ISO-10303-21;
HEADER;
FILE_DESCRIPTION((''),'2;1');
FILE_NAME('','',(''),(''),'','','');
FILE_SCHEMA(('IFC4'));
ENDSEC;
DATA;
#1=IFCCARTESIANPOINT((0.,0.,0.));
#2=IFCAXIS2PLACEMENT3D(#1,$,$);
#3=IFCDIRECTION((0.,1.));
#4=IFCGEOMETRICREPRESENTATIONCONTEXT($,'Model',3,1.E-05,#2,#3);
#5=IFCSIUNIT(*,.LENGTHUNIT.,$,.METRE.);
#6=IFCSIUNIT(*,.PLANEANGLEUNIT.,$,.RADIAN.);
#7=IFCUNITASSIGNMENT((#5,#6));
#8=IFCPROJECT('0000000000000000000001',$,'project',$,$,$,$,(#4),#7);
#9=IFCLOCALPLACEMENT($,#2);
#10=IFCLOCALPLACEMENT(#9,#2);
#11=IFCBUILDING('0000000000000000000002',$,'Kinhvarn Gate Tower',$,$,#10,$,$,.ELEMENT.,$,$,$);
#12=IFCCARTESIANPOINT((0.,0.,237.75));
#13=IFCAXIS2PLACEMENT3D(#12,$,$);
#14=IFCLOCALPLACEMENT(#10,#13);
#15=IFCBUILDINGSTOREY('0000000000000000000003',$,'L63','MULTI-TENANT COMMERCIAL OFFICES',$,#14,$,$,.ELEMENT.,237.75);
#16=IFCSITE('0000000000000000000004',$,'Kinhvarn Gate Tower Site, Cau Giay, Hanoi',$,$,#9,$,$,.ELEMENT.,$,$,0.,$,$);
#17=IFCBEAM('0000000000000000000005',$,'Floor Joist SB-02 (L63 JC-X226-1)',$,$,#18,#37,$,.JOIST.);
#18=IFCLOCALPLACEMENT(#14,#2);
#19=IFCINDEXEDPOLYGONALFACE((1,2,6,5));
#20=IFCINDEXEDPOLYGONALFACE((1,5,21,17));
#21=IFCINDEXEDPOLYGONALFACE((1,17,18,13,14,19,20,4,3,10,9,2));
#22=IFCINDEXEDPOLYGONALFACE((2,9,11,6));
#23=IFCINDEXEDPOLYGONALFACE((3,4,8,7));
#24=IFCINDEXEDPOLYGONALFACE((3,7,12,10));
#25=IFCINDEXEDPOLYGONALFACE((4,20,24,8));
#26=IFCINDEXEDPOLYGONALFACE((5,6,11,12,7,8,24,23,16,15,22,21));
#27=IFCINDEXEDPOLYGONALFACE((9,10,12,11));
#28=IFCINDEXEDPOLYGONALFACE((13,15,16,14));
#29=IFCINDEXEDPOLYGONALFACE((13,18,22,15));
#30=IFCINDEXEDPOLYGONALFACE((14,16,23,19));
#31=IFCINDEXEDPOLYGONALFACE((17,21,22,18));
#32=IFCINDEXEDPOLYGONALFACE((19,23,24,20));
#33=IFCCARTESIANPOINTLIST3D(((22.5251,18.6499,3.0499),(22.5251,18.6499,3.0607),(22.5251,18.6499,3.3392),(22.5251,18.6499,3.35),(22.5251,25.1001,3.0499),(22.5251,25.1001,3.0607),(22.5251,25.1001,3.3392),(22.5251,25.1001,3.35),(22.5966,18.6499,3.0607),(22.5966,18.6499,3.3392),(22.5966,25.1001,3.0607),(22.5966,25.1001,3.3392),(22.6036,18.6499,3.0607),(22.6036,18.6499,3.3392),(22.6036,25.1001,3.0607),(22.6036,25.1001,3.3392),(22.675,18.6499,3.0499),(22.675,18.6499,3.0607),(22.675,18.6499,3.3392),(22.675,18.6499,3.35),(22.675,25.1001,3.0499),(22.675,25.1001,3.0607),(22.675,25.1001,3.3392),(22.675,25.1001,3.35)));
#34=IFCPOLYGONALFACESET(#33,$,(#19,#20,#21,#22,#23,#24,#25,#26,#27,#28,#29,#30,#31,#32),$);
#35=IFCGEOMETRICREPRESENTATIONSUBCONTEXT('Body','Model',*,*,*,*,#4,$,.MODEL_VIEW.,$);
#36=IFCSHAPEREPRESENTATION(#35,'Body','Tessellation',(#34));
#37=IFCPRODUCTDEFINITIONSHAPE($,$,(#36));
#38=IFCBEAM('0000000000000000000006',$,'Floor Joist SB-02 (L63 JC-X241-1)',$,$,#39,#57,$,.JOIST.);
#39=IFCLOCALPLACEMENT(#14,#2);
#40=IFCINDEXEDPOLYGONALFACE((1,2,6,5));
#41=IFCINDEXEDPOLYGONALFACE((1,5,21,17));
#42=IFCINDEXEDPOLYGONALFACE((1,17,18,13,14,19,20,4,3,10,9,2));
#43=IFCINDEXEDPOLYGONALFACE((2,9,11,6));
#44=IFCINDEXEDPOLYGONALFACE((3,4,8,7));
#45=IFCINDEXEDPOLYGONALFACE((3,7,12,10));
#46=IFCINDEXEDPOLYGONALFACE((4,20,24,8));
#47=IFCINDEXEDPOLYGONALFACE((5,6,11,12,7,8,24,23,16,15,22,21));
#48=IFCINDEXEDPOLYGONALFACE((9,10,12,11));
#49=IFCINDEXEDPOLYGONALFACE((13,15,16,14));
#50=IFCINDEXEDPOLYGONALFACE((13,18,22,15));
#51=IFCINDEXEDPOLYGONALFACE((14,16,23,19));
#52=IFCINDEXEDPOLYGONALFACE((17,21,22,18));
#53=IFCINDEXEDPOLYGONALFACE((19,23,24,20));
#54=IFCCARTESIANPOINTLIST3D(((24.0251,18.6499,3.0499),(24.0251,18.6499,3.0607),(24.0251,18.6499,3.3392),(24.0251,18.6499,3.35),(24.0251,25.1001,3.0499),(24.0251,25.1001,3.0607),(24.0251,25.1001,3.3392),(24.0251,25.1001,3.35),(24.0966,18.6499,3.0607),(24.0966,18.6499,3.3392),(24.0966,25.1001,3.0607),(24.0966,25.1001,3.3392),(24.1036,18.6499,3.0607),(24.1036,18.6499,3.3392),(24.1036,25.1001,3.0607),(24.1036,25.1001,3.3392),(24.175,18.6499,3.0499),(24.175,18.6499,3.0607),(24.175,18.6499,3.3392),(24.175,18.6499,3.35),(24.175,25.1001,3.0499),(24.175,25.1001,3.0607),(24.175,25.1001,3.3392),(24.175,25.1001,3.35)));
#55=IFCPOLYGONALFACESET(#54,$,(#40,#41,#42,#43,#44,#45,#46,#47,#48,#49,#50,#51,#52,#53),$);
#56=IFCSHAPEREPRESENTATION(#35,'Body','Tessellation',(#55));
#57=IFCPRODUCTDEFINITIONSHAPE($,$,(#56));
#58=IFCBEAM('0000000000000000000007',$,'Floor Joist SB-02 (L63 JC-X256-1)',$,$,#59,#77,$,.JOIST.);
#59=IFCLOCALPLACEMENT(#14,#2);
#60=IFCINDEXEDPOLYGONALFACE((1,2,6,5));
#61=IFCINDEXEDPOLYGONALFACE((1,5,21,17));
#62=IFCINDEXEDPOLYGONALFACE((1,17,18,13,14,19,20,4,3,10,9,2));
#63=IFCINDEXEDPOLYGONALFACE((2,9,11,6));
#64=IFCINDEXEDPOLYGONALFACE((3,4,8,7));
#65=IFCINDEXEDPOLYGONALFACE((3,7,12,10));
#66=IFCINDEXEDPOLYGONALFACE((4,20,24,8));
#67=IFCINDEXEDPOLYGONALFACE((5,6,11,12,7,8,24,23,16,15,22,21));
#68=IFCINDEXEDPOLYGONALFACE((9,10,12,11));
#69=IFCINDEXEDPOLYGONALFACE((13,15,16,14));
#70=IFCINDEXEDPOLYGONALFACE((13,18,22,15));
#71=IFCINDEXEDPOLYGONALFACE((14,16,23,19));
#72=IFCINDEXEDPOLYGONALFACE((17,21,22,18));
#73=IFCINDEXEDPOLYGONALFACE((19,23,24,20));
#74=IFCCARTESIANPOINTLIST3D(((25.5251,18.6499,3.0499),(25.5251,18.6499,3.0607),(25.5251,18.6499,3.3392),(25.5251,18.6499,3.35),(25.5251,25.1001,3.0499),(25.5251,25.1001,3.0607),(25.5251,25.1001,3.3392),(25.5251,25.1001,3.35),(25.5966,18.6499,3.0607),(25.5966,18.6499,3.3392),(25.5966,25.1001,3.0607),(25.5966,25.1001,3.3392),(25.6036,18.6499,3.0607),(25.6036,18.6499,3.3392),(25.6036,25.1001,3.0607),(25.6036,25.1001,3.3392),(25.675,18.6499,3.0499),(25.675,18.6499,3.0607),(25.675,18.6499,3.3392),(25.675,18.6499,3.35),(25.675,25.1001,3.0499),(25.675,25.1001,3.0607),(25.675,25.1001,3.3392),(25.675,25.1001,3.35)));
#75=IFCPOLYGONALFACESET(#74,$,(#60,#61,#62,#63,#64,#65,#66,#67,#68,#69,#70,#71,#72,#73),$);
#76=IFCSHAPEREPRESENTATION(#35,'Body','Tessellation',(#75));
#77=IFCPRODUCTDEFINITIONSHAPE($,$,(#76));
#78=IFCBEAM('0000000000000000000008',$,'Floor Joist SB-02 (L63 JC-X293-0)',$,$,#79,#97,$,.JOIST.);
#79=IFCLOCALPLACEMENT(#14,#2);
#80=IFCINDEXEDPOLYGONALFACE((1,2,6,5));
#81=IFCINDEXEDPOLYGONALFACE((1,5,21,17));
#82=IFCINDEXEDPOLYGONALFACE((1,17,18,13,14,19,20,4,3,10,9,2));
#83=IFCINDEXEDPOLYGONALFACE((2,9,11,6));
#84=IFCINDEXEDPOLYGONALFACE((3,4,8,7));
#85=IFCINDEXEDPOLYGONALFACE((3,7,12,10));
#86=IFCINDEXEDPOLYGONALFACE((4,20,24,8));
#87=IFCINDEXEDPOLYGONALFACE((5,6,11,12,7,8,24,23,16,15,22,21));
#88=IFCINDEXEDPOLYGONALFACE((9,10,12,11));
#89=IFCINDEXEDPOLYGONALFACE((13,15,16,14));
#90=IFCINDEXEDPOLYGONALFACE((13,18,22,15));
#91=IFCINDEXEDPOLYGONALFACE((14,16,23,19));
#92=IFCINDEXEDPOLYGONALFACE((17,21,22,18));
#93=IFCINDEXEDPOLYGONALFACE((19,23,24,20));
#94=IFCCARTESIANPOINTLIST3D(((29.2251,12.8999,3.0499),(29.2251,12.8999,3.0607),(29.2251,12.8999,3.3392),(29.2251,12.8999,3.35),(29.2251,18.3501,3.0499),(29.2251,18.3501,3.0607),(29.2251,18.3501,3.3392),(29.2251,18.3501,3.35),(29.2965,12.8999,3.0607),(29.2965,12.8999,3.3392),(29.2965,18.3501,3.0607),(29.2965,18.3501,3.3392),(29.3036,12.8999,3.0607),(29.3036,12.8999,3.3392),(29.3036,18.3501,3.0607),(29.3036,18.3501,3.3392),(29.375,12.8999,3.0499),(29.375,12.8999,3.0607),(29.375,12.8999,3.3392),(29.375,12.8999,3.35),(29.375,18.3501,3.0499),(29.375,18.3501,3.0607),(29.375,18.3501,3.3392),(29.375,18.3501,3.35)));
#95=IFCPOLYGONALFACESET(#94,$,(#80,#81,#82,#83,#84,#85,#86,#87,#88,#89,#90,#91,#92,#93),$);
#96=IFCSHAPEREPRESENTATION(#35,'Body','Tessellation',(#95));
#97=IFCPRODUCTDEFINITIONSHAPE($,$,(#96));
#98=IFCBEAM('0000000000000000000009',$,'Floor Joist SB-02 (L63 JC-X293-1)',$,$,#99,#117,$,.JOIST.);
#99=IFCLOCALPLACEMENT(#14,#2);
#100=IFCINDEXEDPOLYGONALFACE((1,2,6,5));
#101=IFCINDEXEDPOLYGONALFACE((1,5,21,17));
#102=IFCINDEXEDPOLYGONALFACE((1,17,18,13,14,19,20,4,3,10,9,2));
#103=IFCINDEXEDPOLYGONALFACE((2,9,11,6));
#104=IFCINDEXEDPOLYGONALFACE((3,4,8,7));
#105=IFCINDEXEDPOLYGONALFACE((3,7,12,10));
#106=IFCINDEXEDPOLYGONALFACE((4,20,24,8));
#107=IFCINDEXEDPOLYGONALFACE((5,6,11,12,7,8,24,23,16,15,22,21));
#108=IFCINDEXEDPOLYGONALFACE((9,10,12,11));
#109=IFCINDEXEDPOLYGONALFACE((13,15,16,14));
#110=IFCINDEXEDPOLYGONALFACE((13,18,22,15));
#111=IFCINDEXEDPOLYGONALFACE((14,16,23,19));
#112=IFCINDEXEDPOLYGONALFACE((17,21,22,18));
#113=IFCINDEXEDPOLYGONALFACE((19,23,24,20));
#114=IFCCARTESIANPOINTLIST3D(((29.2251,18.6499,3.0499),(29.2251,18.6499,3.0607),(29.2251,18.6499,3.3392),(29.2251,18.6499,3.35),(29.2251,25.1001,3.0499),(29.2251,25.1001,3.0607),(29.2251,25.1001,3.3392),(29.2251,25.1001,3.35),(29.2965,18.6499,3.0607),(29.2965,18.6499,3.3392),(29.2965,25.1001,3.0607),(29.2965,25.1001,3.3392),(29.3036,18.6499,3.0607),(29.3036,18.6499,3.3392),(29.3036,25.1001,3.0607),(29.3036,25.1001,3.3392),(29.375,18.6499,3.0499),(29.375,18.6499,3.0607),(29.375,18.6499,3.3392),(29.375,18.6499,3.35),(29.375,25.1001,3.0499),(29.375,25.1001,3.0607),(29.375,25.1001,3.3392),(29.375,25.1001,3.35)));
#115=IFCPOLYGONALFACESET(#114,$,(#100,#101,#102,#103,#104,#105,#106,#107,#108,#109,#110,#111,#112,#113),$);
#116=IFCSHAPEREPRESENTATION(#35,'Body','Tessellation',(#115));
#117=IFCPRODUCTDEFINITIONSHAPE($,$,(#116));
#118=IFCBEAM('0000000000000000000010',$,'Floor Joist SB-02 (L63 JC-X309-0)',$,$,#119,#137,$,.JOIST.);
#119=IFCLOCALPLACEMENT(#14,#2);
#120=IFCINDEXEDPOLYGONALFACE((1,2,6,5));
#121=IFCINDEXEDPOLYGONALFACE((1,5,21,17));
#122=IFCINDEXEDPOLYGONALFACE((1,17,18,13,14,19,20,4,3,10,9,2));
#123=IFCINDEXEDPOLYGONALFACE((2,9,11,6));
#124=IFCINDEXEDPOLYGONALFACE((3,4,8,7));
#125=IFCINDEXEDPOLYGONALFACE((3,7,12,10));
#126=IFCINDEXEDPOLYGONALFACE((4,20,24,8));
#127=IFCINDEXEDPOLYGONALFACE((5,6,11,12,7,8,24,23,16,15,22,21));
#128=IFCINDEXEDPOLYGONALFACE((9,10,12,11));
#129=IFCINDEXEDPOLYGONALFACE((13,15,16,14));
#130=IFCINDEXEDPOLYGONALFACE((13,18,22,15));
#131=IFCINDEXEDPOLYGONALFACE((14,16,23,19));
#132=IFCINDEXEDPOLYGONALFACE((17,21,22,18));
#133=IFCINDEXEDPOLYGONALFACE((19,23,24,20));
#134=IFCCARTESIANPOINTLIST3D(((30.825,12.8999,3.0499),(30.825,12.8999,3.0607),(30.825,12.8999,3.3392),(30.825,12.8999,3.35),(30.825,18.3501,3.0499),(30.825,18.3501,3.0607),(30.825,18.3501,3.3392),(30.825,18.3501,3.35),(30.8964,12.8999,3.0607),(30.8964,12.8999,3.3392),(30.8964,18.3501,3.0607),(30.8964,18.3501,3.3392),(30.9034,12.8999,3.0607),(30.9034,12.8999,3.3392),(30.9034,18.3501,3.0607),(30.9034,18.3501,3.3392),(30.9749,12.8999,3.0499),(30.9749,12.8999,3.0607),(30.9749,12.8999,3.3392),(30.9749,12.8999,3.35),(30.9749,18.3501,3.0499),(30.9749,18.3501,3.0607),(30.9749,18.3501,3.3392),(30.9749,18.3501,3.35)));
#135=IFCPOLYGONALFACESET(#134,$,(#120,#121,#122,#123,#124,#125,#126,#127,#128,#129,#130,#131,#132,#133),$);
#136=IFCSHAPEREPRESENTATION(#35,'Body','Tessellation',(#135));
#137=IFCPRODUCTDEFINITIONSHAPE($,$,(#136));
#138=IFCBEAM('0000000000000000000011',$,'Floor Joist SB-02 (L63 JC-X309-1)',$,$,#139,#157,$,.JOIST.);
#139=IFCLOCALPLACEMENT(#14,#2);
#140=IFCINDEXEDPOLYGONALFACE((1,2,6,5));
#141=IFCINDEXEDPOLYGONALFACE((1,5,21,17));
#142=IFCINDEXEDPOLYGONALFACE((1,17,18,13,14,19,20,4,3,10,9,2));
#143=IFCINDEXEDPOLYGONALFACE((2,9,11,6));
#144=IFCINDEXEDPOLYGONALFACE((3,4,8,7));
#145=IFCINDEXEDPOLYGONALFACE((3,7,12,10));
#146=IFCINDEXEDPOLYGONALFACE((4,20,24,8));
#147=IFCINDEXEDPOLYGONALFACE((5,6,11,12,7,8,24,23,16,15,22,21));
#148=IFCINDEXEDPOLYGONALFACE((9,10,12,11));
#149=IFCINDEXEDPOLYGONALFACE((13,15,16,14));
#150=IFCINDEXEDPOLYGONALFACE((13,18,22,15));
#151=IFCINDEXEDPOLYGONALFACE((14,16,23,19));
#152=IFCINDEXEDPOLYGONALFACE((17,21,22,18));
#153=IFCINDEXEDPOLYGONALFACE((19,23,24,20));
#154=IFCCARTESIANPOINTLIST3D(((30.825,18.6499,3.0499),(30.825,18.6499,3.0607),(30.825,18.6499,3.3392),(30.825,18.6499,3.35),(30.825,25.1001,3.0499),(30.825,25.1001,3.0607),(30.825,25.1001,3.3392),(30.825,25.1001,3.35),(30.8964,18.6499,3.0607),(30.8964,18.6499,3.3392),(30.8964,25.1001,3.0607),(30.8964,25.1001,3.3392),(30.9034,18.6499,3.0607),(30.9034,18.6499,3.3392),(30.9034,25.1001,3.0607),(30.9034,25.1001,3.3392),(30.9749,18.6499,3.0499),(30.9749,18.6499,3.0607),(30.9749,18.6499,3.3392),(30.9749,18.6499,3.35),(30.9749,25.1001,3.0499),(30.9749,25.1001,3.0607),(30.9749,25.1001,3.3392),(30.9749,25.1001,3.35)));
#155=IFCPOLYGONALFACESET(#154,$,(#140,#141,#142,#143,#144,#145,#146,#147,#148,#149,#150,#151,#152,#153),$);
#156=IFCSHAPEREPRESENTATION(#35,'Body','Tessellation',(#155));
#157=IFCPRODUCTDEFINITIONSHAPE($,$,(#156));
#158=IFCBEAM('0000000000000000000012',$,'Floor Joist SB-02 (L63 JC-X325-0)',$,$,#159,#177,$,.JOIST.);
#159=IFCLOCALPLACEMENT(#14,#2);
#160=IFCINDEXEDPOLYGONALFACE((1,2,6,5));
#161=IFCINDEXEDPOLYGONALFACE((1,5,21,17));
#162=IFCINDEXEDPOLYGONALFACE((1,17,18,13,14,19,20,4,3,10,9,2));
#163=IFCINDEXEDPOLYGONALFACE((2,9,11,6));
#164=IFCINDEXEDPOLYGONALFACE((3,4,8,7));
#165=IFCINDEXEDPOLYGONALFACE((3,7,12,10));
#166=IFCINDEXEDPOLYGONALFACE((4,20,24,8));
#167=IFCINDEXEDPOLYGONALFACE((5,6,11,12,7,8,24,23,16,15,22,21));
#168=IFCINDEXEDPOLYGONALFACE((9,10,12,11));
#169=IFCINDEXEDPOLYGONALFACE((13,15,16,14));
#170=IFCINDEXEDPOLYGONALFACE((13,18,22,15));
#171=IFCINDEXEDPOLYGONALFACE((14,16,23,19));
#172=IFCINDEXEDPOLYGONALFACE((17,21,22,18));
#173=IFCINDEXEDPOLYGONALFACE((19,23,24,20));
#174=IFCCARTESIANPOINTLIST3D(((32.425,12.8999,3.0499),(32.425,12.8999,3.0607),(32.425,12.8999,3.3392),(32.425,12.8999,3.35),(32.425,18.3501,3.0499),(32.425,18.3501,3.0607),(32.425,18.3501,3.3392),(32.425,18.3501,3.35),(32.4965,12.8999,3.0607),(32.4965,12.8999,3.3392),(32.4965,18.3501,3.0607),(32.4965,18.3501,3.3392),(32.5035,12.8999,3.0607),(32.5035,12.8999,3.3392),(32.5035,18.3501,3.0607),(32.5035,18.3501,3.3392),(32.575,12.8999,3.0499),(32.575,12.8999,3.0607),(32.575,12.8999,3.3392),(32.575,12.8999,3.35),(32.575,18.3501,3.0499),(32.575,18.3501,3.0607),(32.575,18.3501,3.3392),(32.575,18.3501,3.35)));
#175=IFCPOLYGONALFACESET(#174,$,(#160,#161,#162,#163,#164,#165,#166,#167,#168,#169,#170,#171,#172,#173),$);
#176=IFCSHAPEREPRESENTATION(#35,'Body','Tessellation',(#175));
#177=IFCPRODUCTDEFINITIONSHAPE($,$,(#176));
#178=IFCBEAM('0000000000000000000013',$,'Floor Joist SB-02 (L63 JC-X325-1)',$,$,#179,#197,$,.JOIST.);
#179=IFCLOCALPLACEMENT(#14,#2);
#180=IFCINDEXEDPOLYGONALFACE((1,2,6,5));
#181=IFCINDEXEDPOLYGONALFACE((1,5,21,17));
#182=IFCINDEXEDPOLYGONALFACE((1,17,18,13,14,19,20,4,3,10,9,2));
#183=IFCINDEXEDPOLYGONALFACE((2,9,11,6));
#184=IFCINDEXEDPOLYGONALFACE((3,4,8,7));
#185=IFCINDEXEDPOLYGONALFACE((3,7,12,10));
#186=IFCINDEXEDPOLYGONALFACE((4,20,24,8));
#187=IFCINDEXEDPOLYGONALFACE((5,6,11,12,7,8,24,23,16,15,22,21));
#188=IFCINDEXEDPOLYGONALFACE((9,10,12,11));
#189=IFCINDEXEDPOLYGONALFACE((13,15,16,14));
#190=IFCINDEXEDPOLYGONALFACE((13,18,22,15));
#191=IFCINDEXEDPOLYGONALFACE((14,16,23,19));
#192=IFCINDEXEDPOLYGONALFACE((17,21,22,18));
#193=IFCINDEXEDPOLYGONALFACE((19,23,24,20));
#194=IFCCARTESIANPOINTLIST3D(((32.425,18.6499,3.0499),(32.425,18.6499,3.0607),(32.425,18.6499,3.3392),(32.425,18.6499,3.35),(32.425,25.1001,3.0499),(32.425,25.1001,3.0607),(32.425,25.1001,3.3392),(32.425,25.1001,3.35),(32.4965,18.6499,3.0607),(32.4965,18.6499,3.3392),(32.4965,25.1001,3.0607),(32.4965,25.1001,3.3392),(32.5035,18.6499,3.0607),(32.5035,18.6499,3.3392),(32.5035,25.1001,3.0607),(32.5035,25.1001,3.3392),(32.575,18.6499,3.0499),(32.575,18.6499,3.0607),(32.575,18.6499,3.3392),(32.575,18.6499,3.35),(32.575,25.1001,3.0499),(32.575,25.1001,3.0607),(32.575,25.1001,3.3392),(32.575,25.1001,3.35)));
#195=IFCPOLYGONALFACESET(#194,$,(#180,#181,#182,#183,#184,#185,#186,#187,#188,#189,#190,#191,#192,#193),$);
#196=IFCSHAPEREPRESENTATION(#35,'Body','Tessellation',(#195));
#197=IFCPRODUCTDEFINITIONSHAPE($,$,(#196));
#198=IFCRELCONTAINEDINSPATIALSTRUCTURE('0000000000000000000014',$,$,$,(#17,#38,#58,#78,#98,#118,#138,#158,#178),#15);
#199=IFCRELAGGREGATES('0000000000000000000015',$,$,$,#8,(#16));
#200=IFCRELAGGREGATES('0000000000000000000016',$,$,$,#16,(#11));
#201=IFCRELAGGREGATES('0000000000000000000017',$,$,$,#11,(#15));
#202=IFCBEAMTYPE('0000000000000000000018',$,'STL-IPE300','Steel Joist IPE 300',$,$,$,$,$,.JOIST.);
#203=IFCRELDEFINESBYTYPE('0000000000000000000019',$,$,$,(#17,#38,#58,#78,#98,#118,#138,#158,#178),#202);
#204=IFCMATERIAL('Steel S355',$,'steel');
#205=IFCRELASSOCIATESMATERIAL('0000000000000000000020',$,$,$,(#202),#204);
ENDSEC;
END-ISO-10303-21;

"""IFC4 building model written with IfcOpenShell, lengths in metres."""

from ifc_helpers import new_model, si_unit, direction, frame, origin, origin_2d, place, context, subcontext, project, spatial, i_section, extrude, material, material_profile, profile_set, type_object, element, save


model = new_model("IFC4")

# Units and contexts
model_context = context("Model", 3, precision=1e-05, world=origin(), true_north=direction((0.0, 1.0)))
body_context = subcontext(model_context, "Body", "Model", "MODEL_VIEW")
ifc_project = project(units=[si_unit("LENGTHUNIT", "METRE"), si_unit("PLANEANGLEUNIT", "RADIAN")], contexts=[model_context])

# Site, building, storey
site_placement = place(None, origin())
site = spatial("IfcSite", under=ifc_project, at=site_placement, Name="Kinhvarn Gate Tower Site, Cau Giay, Hanoi", CompositionType="ELEMENT", RefElevation=0.0)
building_placement = place(site_placement, origin())
building = spatial("IfcBuilding", under=site, at=building_placement, Name="Kinhvarn Gate Tower", CompositionType="ELEMENT")
storey_placement = place(building_placement, frame((0.0, 0.0, 237.75)))
storey = spatial("IfcBuildingStorey", under=building, at=storey_placement, Name="L63", Description="MULTI-TENANT COMMERCIAL OFFICES", CompositionType="ELEMENT", Elevation=237.75)

# Beams
ifc_material_1 = material(Name="Steel S355", Category="steel")
ifc_material_profile = material_profile(ifc_material_1, i_section(OverallWidth=0.1499, OverallDepth=0.3, WebThickness=0.0071, FlangeThickness=0.0107, at=origin_2d()), Name="IPE 300")
ifc_profile_set = profile_set([ifc_material_profile], Name="Steel S355")
beam_type = type_object("IfcBeamType", Name="STL-IPE300", Description="Steel Joist IPE 300", PredefinedType="JOIST", material=ifc_profile_set)
for number, where, z_axis, x_axis, name in (
    (1, (22.6001, 18.6499, 3.2), (0.0, 1.0, 0.0), (-1.0, 0.0, 0.0), "Floor Joist SB-02 (L63 JC-X226-1)"),
    (2, (24.1001, 18.6499, 3.2), (0.0, 1.0, 0.0), (-1.0, 0.0, 0.0), "Floor Joist SB-02 (L63 JC-X241-1)"),
    (3, (25.6001, 18.6499, 3.2), (0.0, 1.0, 0.0), (-1.0, 0.0, 0.0), "Floor Joist SB-02 (L63 JC-X256-1)"),
):
    element("IfcBeam", number, at=place(storey_placement, frame(where, z_axis=z_axis, x_axis=x_axis)), inside=storey, type_object=beam_type, Name=name, PredefinedType="JOIST", context=body_context, shape_type="SweptSolid", body=[
        extrude(i_section(OverallWidth=0.1499, OverallDepth=0.3, WebThickness=0.0071, FlangeThickness=0.0107, at=origin_2d()), origin(), (0.0, 0.0, 1.0), 6.4502),
    ])
beam_1_placement = place(storey_placement, frame((29.3, 12.8999, 3.2), z_axis=(0.0, 1.0, 0.0), x_axis=(-1.0, 0.0, 0.0)))
element("IfcBeam", 4, at=beam_1_placement, inside=storey, type_object=beam_type, Name="Floor Joist SB-02 (L63 JC-X293-0)", PredefinedType="JOIST", context=body_context, shape_type="SweptSolid", body=[
    extrude(i_section(OverallWidth=0.1499, OverallDepth=0.3, WebThickness=0.0071, FlangeThickness=0.0107, at=origin_2d()), origin(), (0.0, 0.0, 1.0), 5.4502),
])
beam_2_placement = place(storey_placement, frame((29.3, 18.6499, 3.2), z_axis=(0.0, 1.0, 0.0), x_axis=(-1.0, 0.0, 0.0)))
element("IfcBeam", 5, at=beam_2_placement, inside=storey, type_object=beam_type, Name="Floor Joist SB-02 (L63 JC-X293-1)", PredefinedType="JOIST", context=body_context, shape_type="SweptSolid", body=[
    extrude(i_section(OverallWidth=0.1499, OverallDepth=0.3, WebThickness=0.0071, FlangeThickness=0.0107, at=origin_2d()), origin(), (0.0, 0.0, 1.0), 6.4502),
])
beam_3_placement = place(storey_placement, frame((30.8999, 12.8999, 3.2), z_axis=(0.0, 1.0, 0.0), x_axis=(-1.0, 0.0, 0.0)))
element("IfcBeam", 6, at=beam_3_placement, inside=storey, type_object=beam_type, Name="Floor Joist SB-02 (L63 JC-X309-0)", PredefinedType="JOIST", context=body_context, shape_type="SweptSolid", body=[
    extrude(i_section(OverallWidth=0.1499, OverallDepth=0.3, WebThickness=0.0071, FlangeThickness=0.0107, at=origin_2d()), origin(), (0.0, 0.0, 1.0), 5.4502),
])
beam_4_placement = place(storey_placement, frame((30.8999, 18.6499, 3.2), z_axis=(0.0, 1.0, 0.0), x_axis=(-1.0, 0.0, 0.0)))
element("IfcBeam", 7, at=beam_4_placement, inside=storey, type_object=beam_type, Name="Floor Joist SB-02 (L63 JC-X309-1)", PredefinedType="JOIST", context=body_context, shape_type="SweptSolid", body=[
    extrude(i_section(OverallWidth=0.1499, OverallDepth=0.3, WebThickness=0.0071, FlangeThickness=0.0107, at=origin_2d()), origin(), (0.0, 0.0, 1.0), 6.4502),
])
beam_5_placement = place(storey_placement, frame((32.5, 12.8999, 3.2), z_axis=(0.0, 1.0, 0.0), x_axis=(-1.0, 0.0, 0.0)))
element("IfcBeam", 8, at=beam_5_placement, inside=storey, type_object=beam_type, Name="Floor Joist SB-02 (L63 JC-X325-0)", PredefinedType="JOIST", context=body_context, shape_type="SweptSolid", body=[
    extrude(i_section(OverallWidth=0.1499, OverallDepth=0.3, WebThickness=0.0071, FlangeThickness=0.0107, at=origin_2d()), origin(), (0.0, 0.0, 1.0), 5.4502),
])
beam_6_placement = place(storey_placement, frame((32.5, 18.6499, 3.2), z_axis=(0.0, 1.0, 0.0), x_axis=(-1.0, 0.0, 0.0)))
element("IfcBeam", 9, at=beam_6_placement, inside=storey, type_object=beam_type, Name="Floor Joist SB-02 (L63 JC-X325-1)", PredefinedType="JOIST", context=body_context, shape_type="SweptSolid", body=[
    extrude(i_section(OverallWidth=0.1499, OverallDepth=0.3, WebThickness=0.0071, FlangeThickness=0.0107, at=origin_2d()), origin(), (0.0, 0.0, 1.0), 6.4502),
])

save(model, "model.ifc")
